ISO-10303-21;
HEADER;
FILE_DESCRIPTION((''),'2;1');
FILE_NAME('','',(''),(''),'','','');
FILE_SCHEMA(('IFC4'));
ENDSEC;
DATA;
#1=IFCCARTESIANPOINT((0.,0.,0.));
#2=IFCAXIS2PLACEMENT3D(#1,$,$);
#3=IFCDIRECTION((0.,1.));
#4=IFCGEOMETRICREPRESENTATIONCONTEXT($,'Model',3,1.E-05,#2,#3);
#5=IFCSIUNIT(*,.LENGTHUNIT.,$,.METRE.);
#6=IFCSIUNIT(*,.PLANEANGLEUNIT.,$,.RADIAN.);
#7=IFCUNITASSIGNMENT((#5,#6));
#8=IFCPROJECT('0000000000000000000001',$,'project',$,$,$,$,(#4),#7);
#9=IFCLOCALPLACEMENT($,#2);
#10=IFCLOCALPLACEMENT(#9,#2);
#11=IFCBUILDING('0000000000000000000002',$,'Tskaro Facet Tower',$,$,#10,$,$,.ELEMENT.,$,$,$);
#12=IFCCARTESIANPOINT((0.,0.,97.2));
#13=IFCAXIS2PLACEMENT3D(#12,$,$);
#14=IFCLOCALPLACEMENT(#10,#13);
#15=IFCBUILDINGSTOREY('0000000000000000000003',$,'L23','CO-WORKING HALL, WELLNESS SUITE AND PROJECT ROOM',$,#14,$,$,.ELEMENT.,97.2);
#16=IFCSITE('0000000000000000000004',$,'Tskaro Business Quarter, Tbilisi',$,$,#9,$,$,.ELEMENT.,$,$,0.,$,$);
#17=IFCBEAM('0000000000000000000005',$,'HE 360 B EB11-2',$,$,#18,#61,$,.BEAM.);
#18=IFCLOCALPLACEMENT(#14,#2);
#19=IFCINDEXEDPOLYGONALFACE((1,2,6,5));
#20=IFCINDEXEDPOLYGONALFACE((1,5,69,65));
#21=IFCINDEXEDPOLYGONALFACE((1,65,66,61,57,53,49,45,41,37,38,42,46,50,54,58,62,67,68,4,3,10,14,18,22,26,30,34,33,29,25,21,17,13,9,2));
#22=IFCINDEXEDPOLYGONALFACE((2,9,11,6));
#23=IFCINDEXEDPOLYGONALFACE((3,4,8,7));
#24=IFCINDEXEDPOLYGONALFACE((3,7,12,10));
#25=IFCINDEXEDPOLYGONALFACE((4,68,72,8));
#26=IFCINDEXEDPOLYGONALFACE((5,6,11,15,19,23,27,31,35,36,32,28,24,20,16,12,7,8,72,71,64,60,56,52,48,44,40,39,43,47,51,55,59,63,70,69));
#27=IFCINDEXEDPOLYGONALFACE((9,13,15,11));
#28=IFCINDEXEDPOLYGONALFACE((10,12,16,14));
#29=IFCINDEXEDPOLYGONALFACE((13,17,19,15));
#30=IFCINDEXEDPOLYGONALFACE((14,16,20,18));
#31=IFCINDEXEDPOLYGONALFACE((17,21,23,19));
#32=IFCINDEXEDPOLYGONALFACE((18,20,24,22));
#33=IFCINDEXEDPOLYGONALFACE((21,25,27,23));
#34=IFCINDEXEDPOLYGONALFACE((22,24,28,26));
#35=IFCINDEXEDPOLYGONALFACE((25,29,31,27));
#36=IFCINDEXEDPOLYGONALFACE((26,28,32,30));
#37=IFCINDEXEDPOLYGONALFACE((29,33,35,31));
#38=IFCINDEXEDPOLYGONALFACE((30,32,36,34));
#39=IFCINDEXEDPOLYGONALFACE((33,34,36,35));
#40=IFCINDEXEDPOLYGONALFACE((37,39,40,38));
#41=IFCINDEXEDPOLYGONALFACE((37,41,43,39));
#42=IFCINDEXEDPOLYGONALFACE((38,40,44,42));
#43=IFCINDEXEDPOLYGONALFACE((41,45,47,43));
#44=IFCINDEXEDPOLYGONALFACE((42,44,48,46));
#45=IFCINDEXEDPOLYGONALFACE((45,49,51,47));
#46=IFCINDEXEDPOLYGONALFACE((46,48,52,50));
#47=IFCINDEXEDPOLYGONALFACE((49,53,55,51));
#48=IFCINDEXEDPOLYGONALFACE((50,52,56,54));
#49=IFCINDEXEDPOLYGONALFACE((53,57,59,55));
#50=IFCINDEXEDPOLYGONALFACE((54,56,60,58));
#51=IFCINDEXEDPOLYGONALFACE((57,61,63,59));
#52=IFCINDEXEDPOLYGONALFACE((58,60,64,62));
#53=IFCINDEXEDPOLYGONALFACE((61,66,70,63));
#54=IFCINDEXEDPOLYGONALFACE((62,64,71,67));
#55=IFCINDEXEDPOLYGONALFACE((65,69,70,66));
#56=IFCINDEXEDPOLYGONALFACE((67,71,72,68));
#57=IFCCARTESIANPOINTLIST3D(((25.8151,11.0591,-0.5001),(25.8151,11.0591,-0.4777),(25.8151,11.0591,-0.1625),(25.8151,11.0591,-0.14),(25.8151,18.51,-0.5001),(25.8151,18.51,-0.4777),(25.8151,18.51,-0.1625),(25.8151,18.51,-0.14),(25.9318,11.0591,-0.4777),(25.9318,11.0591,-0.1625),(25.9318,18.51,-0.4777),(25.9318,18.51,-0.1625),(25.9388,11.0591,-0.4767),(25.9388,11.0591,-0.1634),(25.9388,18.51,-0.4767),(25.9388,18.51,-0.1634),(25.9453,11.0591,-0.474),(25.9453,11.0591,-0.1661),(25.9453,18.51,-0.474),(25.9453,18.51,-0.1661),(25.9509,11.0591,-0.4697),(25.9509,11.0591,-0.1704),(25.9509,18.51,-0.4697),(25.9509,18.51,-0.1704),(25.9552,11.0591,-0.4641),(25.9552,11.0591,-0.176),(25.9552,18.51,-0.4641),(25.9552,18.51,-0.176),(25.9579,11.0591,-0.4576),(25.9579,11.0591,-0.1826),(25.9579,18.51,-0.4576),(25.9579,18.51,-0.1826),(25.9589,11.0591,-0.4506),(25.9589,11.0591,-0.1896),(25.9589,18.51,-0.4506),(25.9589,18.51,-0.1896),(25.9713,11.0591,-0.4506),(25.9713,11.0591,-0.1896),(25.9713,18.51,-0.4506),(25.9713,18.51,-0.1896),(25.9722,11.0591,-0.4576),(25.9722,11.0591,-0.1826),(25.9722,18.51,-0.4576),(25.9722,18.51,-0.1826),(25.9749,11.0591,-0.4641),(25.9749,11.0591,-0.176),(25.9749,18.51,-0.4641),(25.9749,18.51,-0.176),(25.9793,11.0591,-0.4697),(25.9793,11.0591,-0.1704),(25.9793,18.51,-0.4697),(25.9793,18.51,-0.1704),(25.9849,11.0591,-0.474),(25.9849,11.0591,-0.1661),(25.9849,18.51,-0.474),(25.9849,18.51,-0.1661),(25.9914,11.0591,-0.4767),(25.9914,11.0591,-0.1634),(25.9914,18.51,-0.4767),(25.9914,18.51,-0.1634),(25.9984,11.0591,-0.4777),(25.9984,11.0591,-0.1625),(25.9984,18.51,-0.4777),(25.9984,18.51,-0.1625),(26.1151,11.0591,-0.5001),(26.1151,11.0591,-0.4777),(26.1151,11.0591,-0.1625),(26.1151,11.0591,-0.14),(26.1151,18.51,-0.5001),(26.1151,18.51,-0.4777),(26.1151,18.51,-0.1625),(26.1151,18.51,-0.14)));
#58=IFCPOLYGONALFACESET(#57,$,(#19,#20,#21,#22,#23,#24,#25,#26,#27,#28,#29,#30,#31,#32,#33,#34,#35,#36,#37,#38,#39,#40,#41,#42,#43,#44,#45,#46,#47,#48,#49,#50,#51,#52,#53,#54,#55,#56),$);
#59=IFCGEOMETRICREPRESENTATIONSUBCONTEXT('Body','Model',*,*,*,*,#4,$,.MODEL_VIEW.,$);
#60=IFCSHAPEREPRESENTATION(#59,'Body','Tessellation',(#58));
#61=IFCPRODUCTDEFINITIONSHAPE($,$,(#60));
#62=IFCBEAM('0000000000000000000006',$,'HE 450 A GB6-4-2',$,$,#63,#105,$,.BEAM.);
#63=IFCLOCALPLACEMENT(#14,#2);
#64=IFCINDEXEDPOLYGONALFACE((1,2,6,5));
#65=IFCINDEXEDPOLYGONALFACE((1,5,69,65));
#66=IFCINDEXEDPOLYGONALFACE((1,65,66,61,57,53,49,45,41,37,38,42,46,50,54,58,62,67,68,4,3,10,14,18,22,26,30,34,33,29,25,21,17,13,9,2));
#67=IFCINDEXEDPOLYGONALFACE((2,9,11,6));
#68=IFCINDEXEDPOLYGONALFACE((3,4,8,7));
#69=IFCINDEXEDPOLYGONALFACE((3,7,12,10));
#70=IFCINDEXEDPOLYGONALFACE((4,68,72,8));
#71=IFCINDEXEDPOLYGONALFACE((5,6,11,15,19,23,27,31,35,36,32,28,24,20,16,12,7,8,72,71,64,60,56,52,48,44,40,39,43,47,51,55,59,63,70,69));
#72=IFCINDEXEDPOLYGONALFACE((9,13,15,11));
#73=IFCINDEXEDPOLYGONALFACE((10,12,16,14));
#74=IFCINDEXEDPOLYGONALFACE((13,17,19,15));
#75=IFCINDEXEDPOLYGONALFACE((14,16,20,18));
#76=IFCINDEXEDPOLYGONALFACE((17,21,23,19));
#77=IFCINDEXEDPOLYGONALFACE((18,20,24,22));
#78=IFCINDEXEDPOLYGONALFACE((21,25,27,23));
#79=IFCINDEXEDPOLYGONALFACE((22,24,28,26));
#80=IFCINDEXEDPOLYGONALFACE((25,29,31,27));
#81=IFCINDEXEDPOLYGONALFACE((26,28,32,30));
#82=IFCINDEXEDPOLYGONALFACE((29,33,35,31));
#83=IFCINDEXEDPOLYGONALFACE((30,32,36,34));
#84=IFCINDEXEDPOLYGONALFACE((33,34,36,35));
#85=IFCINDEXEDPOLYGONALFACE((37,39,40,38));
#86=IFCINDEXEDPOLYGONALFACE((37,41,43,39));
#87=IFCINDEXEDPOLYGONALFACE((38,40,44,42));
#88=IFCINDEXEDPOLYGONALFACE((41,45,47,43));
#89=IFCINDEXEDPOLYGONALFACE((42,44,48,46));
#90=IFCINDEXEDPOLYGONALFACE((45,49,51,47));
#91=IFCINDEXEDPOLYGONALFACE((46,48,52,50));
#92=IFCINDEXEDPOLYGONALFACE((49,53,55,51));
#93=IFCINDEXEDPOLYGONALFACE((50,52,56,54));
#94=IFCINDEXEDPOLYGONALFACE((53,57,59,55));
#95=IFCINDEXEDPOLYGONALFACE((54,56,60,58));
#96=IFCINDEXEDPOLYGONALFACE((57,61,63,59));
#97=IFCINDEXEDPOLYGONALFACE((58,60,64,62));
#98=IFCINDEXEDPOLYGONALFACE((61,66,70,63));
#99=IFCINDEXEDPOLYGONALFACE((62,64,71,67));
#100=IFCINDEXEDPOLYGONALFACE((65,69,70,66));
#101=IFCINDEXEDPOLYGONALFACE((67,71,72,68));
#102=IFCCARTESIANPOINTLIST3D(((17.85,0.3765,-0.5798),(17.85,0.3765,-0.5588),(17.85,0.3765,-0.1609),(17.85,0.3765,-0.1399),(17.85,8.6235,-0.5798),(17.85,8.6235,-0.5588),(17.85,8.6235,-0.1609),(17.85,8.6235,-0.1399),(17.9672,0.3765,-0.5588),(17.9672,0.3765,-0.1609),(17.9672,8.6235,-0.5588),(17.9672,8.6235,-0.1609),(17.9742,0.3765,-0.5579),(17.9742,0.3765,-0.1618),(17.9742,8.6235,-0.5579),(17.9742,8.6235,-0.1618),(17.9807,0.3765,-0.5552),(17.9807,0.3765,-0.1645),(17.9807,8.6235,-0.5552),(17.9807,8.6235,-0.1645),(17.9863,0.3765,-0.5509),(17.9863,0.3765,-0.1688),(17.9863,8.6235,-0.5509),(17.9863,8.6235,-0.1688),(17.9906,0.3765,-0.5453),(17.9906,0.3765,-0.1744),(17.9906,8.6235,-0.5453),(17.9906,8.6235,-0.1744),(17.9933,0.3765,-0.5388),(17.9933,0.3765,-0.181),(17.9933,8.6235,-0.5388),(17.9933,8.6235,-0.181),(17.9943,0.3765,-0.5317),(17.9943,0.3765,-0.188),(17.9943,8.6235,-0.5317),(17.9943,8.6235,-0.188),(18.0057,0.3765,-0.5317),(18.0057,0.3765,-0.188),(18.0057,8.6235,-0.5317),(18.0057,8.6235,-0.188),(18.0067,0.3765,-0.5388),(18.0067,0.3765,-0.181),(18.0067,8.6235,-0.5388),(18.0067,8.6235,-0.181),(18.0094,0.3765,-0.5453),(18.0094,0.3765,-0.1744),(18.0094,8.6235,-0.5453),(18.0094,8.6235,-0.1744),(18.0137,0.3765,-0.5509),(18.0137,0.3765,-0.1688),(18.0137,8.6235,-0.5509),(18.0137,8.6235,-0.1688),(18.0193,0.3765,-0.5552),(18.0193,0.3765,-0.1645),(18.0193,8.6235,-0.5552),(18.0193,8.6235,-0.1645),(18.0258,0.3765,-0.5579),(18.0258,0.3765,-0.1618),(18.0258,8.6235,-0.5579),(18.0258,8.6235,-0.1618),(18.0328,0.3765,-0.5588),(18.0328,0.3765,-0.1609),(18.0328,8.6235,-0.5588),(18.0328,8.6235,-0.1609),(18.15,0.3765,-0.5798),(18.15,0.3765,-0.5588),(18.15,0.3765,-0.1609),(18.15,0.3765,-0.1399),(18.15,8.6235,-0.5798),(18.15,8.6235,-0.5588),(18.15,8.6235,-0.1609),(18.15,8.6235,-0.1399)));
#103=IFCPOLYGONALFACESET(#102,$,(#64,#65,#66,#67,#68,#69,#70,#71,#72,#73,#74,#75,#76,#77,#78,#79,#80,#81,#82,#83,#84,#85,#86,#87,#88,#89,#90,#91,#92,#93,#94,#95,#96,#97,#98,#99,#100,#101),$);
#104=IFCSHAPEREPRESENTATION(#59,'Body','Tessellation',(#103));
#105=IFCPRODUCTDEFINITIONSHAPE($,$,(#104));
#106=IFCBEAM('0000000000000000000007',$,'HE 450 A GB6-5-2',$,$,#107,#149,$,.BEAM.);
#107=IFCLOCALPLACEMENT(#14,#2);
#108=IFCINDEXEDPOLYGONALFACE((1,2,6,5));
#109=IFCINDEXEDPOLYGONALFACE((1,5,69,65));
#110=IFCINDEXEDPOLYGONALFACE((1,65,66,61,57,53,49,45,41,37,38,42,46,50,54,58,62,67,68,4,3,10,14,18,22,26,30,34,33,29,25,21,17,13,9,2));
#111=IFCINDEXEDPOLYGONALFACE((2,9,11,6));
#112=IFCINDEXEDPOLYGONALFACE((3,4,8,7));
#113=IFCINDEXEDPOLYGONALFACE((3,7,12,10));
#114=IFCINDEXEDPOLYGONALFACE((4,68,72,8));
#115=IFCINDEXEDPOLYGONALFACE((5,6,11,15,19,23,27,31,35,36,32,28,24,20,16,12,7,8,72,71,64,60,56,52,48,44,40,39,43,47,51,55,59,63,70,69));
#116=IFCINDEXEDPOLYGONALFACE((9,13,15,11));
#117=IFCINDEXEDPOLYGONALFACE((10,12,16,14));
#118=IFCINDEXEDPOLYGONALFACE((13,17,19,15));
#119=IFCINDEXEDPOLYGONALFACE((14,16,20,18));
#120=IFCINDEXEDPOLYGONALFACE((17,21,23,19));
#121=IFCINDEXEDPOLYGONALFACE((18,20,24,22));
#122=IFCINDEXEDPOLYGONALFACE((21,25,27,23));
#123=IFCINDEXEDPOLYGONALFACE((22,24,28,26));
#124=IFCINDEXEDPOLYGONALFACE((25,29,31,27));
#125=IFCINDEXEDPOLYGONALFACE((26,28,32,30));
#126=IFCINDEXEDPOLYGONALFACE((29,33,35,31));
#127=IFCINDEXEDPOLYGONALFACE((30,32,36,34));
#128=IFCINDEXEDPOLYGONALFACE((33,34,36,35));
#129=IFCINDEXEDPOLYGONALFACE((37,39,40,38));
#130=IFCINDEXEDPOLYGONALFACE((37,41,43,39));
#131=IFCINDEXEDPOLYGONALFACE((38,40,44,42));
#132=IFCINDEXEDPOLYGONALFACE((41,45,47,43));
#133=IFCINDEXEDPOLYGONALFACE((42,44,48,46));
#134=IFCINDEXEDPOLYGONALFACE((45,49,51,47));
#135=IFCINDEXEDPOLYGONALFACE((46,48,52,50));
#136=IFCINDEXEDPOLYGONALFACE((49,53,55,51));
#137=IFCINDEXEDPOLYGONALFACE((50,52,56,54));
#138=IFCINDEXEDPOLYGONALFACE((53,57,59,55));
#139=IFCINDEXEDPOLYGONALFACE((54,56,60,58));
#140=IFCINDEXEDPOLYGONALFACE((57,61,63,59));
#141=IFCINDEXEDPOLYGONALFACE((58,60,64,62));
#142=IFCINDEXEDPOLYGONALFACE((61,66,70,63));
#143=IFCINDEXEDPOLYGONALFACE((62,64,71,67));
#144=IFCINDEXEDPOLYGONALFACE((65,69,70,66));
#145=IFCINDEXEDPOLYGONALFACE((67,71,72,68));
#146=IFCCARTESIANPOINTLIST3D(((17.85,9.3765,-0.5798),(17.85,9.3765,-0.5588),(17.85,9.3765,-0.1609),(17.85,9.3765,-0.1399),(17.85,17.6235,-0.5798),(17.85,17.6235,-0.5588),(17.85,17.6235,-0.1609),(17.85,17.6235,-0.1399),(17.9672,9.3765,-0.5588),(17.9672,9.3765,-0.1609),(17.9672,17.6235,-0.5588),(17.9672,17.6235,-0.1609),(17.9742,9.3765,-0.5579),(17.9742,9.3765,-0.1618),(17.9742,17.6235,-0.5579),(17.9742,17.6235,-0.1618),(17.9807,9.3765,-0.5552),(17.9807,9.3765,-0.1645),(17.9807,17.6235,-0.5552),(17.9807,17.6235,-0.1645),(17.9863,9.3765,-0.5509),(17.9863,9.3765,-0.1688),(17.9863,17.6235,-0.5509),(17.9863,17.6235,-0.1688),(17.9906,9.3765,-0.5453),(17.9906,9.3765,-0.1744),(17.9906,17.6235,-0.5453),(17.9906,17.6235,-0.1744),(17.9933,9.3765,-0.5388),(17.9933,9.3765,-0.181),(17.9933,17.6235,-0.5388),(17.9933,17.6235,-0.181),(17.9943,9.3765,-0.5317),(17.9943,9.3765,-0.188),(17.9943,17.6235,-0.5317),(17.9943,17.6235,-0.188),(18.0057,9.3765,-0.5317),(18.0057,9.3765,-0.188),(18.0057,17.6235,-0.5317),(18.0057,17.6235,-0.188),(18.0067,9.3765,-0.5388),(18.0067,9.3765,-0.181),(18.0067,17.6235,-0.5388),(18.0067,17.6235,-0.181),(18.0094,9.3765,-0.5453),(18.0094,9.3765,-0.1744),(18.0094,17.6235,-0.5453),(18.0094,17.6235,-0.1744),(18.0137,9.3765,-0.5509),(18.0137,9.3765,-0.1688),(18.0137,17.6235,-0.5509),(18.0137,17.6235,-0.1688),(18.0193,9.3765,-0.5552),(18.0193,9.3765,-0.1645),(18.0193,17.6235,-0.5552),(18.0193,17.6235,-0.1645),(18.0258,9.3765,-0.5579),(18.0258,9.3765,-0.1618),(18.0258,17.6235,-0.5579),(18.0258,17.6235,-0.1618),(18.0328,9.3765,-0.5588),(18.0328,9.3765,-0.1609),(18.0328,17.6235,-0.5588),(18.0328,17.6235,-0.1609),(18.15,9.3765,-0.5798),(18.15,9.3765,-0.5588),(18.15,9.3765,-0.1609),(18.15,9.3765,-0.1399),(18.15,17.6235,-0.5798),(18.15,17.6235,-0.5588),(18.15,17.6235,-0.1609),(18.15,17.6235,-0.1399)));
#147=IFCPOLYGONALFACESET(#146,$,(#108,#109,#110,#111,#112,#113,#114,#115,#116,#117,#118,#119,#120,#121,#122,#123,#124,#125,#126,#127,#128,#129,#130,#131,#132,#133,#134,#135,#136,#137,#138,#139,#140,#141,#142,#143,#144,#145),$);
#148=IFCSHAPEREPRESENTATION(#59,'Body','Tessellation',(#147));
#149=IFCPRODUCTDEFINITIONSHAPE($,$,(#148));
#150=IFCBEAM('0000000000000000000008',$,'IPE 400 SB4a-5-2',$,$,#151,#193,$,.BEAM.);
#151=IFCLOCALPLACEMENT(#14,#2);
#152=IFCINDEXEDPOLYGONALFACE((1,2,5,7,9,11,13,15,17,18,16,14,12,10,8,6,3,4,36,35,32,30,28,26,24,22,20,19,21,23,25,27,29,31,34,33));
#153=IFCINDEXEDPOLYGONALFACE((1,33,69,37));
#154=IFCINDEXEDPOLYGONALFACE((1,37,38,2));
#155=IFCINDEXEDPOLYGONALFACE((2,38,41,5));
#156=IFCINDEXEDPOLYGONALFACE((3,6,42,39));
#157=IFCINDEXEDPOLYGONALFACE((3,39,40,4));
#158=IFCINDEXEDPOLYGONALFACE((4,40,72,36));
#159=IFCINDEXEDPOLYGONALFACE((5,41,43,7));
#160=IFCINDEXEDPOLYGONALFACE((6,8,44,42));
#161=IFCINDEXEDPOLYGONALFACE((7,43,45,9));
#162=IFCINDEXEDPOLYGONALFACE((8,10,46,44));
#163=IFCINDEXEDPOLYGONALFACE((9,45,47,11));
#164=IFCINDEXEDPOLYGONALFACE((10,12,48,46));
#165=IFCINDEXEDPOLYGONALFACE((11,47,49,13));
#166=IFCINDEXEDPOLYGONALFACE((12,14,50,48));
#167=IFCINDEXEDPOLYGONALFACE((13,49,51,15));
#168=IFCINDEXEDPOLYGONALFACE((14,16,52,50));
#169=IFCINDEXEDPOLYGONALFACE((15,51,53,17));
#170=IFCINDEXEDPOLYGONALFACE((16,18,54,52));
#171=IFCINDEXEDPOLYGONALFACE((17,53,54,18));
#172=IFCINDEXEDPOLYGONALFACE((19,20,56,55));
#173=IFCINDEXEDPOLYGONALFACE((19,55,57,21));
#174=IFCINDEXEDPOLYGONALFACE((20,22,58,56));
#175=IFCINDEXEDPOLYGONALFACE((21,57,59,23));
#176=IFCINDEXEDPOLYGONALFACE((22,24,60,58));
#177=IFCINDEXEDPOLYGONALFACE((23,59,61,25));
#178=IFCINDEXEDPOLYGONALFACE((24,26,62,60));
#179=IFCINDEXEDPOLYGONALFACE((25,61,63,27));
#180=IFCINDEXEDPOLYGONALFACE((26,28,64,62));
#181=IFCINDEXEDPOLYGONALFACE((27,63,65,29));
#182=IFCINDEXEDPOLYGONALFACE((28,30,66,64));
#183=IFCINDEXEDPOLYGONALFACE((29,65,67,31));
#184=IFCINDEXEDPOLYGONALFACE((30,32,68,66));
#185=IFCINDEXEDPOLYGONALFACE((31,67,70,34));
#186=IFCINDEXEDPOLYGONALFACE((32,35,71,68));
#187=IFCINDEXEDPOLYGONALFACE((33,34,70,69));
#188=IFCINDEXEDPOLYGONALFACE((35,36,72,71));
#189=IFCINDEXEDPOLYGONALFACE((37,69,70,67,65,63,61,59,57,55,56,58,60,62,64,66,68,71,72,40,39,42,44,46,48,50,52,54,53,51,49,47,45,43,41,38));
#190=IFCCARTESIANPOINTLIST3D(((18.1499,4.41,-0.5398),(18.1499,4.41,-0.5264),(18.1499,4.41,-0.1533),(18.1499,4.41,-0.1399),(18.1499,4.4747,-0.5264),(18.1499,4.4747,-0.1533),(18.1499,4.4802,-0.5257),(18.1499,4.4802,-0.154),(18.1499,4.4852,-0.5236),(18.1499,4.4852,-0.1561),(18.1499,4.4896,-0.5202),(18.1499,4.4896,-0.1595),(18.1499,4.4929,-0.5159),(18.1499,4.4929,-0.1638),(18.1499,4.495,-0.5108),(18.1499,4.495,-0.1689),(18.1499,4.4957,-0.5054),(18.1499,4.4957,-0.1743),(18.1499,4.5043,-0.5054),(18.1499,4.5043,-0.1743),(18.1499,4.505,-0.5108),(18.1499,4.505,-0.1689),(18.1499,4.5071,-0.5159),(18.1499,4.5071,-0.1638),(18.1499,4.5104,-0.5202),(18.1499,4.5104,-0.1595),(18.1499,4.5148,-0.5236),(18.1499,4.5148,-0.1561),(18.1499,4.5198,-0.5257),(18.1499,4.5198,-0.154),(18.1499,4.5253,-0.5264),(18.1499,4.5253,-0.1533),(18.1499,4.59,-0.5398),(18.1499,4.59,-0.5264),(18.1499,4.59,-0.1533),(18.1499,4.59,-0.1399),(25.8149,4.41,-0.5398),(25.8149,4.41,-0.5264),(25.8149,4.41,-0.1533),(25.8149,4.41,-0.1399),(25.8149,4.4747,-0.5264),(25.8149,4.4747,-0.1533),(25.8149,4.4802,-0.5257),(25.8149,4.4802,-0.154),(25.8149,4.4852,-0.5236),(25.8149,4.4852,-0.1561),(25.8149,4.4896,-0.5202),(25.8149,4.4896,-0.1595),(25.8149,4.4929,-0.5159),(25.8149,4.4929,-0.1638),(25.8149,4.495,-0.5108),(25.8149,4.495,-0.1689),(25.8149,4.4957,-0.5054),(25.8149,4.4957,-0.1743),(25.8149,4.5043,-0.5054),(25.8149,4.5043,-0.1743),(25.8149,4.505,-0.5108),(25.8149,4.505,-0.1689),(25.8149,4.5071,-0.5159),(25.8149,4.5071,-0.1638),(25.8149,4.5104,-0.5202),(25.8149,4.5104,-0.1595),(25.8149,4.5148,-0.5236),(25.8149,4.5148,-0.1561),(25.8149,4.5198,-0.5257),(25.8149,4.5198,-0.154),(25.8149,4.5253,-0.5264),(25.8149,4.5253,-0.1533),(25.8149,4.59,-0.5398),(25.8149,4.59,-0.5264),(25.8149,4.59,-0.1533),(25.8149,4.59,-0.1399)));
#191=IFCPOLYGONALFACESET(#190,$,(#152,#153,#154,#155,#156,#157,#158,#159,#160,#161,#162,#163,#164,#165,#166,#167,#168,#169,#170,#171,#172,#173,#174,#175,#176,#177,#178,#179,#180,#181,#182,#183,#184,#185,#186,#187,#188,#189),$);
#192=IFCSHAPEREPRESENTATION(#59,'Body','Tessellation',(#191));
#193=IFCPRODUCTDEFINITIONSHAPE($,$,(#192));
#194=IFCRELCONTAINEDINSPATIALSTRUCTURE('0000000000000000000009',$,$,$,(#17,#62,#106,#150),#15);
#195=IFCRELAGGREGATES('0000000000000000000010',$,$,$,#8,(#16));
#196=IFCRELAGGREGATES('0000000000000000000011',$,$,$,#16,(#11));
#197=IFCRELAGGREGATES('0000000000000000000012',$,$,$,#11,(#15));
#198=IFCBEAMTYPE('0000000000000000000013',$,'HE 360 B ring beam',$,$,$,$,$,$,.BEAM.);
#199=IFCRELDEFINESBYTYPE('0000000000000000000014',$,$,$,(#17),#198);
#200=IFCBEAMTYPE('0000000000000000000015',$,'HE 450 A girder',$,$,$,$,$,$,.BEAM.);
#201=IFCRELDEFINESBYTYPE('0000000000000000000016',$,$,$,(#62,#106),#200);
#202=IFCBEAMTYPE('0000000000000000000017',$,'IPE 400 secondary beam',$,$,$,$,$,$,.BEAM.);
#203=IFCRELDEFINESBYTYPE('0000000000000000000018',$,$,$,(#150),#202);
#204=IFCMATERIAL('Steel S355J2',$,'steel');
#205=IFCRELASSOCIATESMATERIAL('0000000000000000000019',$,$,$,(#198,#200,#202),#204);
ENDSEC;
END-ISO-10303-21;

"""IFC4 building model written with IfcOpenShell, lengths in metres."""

from ifc_helpers import new_model, si_unit, direction, frame, origin, origin_2d, place, context, subcontext, project, spatial, i_section, extrude, material, material_profile, profile_set, type_object, element, save


model = new_model("IFC4")

# Units and contexts
model_context = context("Model", 3, precision=1e-05, world=origin(), true_north=direction((0.0, 1.0)))
body_context = subcontext(model_context, "Body", "Model", "MODEL_VIEW")
ifc_project = project(units=[si_unit("LENGTHUNIT", "METRE"), si_unit("PLANEANGLEUNIT", "RADIAN")], contexts=[model_context])

# Site, building, storey
site_placement = place(None, origin())
site = spatial("IfcSite", under=ifc_project, at=site_placement, Name="Tskaro Business Quarter, Tbilisi", CompositionType="ELEMENT", RefElevation=0.0)
building_placement = place(site_placement, origin())
building = spatial("IfcBuilding", under=site, at=building_placement, Name="Tskaro Facet Tower", CompositionType="ELEMENT")
storey_placement = place(building_placement, frame((0.0, 0.0, 97.2)))
storey = spatial("IfcBuildingStorey", under=building, at=storey_placement, Name="L23", Description="CO-WORKING HALL, WELLNESS SUITE AND PROJECT ROOM", CompositionType="ELEMENT", Elevation=97.2)

# Beams
ifc_material_1 = material(Name="Steel S355J2", Category="steel")
ifc_material_profile_1 = material_profile(ifc_material_1, i_section(OverallWidth=0.3, OverallDepth=0.3601, WebThickness=0.0125, FlangeThickness=0.0225, FilletRadius=0.0271, at=origin_2d()), Name="HE 360 B")
ifc_profile_set_1 = profile_set([ifc_material_profile_1], Name="Steel S355J2")
beam_type_1 = type_object("IfcBeamType", Name="HE 360 B ring beam", PredefinedType="BEAM", material=ifc_profile_set_1)
for number, where, z_axis, x_axis, name in (
    (1, (25.9651, 11.0591, -0.3201), (0.0, 1.0, 0.0), (-1.0, 0.0, 0.0), "HE 360 B EB11-2"),
):
    element("IfcBeam", number, at=place(storey_placement, frame(where, z_axis=z_axis, x_axis=x_axis)), inside=storey, type_object=beam_type_1, Name=name, PredefinedType="BEAM", context=body_context, shape_type="SweptSolid", body=[
        extrude(i_section(OverallWidth=0.3, OverallDepth=0.3601, WebThickness=0.0125, FlangeThickness=0.0225, FilletRadius=0.0271, at=origin_2d()), origin(), (0.0, 0.0, 1.0), 7.4509),
    ])
ifc_material_profile_2 = material_profile(ifc_material_1, i_section(OverallWidth=0.3, OverallDepth=0.4399, WebThickness=0.0115, FlangeThickness=0.021, FilletRadius=0.0271, at=origin_2d()), Name="HE 450 A")
ifc_profile_set_2 = profile_set([ifc_material_profile_2], Name="Steel S355J2")
beam_type_2 = type_object("IfcBeamType", Name="HE 450 A girder", PredefinedType="BEAM", material=ifc_profile_set_2)
for number, where, z_axis, x_axis, name in (
    (2, (18.0, 0.3765, -0.3599), (0.0, 1.0, 0.0), (-1.0, 0.0, 0.0), "HE 450 A GB6-4-2"),
    (3, (18.0, 9.3765, -0.3599), (0.0, 1.0, 0.0), (-1.0, 0.0, 0.0), "HE 450 A GB6-5-2"),
):
    element("IfcBeam", number, at=place(storey_placement, frame(where, z_axis=z_axis, x_axis=x_axis)), inside=storey, type_object=beam_type_2, Name=name, PredefinedType="BEAM", context=body_context, shape_type="SweptSolid", body=[
        extrude(i_section(OverallWidth=0.3, OverallDepth=0.4399, WebThickness=0.0115, FlangeThickness=0.021, FilletRadius=0.0271, at=origin_2d()), origin(), (0.0, 0.0, 1.0), 8.2471),
    ])
ifc_material_profile_3 = material_profile(ifc_material_1, i_section(OverallWidth=0.1799, OverallDepth=0.3999, WebThickness=0.0085, FlangeThickness=0.0134, FilletRadius=0.021, at=origin_2d()), Name="IPE 400")
ifc_profile_set_3 = profile_set([ifc_material_profile_3], Name="Steel S355J2")
beam_type_3 = type_object("IfcBeamType", Name="IPE 400 secondary beam", PredefinedType="BEAM", material=ifc_profile_set_3)
beam_placement = place(storey_placement, frame((18.1499, 4.5, -0.3398), z_axis=(1.0, 0.0, 0.0), x_axis=(0.0, 1.0, 0.0)))
element("IfcBeam", 4, at=beam_placement, inside=storey, type_object=beam_type_3, Name="IPE 400 SB4a-5-2", PredefinedType="BEAM", context=body_context, shape_type="SweptSolid", body=[
    extrude(i_section(OverallWidth=0.1799, OverallDepth=0.3999, WebThickness=0.0085, FlangeThickness=0.0134, FilletRadius=0.021, at=origin_2d()), origin(), (0.0, 0.0, 1.0), 7.665),
])

save(model, "model.ifc")
